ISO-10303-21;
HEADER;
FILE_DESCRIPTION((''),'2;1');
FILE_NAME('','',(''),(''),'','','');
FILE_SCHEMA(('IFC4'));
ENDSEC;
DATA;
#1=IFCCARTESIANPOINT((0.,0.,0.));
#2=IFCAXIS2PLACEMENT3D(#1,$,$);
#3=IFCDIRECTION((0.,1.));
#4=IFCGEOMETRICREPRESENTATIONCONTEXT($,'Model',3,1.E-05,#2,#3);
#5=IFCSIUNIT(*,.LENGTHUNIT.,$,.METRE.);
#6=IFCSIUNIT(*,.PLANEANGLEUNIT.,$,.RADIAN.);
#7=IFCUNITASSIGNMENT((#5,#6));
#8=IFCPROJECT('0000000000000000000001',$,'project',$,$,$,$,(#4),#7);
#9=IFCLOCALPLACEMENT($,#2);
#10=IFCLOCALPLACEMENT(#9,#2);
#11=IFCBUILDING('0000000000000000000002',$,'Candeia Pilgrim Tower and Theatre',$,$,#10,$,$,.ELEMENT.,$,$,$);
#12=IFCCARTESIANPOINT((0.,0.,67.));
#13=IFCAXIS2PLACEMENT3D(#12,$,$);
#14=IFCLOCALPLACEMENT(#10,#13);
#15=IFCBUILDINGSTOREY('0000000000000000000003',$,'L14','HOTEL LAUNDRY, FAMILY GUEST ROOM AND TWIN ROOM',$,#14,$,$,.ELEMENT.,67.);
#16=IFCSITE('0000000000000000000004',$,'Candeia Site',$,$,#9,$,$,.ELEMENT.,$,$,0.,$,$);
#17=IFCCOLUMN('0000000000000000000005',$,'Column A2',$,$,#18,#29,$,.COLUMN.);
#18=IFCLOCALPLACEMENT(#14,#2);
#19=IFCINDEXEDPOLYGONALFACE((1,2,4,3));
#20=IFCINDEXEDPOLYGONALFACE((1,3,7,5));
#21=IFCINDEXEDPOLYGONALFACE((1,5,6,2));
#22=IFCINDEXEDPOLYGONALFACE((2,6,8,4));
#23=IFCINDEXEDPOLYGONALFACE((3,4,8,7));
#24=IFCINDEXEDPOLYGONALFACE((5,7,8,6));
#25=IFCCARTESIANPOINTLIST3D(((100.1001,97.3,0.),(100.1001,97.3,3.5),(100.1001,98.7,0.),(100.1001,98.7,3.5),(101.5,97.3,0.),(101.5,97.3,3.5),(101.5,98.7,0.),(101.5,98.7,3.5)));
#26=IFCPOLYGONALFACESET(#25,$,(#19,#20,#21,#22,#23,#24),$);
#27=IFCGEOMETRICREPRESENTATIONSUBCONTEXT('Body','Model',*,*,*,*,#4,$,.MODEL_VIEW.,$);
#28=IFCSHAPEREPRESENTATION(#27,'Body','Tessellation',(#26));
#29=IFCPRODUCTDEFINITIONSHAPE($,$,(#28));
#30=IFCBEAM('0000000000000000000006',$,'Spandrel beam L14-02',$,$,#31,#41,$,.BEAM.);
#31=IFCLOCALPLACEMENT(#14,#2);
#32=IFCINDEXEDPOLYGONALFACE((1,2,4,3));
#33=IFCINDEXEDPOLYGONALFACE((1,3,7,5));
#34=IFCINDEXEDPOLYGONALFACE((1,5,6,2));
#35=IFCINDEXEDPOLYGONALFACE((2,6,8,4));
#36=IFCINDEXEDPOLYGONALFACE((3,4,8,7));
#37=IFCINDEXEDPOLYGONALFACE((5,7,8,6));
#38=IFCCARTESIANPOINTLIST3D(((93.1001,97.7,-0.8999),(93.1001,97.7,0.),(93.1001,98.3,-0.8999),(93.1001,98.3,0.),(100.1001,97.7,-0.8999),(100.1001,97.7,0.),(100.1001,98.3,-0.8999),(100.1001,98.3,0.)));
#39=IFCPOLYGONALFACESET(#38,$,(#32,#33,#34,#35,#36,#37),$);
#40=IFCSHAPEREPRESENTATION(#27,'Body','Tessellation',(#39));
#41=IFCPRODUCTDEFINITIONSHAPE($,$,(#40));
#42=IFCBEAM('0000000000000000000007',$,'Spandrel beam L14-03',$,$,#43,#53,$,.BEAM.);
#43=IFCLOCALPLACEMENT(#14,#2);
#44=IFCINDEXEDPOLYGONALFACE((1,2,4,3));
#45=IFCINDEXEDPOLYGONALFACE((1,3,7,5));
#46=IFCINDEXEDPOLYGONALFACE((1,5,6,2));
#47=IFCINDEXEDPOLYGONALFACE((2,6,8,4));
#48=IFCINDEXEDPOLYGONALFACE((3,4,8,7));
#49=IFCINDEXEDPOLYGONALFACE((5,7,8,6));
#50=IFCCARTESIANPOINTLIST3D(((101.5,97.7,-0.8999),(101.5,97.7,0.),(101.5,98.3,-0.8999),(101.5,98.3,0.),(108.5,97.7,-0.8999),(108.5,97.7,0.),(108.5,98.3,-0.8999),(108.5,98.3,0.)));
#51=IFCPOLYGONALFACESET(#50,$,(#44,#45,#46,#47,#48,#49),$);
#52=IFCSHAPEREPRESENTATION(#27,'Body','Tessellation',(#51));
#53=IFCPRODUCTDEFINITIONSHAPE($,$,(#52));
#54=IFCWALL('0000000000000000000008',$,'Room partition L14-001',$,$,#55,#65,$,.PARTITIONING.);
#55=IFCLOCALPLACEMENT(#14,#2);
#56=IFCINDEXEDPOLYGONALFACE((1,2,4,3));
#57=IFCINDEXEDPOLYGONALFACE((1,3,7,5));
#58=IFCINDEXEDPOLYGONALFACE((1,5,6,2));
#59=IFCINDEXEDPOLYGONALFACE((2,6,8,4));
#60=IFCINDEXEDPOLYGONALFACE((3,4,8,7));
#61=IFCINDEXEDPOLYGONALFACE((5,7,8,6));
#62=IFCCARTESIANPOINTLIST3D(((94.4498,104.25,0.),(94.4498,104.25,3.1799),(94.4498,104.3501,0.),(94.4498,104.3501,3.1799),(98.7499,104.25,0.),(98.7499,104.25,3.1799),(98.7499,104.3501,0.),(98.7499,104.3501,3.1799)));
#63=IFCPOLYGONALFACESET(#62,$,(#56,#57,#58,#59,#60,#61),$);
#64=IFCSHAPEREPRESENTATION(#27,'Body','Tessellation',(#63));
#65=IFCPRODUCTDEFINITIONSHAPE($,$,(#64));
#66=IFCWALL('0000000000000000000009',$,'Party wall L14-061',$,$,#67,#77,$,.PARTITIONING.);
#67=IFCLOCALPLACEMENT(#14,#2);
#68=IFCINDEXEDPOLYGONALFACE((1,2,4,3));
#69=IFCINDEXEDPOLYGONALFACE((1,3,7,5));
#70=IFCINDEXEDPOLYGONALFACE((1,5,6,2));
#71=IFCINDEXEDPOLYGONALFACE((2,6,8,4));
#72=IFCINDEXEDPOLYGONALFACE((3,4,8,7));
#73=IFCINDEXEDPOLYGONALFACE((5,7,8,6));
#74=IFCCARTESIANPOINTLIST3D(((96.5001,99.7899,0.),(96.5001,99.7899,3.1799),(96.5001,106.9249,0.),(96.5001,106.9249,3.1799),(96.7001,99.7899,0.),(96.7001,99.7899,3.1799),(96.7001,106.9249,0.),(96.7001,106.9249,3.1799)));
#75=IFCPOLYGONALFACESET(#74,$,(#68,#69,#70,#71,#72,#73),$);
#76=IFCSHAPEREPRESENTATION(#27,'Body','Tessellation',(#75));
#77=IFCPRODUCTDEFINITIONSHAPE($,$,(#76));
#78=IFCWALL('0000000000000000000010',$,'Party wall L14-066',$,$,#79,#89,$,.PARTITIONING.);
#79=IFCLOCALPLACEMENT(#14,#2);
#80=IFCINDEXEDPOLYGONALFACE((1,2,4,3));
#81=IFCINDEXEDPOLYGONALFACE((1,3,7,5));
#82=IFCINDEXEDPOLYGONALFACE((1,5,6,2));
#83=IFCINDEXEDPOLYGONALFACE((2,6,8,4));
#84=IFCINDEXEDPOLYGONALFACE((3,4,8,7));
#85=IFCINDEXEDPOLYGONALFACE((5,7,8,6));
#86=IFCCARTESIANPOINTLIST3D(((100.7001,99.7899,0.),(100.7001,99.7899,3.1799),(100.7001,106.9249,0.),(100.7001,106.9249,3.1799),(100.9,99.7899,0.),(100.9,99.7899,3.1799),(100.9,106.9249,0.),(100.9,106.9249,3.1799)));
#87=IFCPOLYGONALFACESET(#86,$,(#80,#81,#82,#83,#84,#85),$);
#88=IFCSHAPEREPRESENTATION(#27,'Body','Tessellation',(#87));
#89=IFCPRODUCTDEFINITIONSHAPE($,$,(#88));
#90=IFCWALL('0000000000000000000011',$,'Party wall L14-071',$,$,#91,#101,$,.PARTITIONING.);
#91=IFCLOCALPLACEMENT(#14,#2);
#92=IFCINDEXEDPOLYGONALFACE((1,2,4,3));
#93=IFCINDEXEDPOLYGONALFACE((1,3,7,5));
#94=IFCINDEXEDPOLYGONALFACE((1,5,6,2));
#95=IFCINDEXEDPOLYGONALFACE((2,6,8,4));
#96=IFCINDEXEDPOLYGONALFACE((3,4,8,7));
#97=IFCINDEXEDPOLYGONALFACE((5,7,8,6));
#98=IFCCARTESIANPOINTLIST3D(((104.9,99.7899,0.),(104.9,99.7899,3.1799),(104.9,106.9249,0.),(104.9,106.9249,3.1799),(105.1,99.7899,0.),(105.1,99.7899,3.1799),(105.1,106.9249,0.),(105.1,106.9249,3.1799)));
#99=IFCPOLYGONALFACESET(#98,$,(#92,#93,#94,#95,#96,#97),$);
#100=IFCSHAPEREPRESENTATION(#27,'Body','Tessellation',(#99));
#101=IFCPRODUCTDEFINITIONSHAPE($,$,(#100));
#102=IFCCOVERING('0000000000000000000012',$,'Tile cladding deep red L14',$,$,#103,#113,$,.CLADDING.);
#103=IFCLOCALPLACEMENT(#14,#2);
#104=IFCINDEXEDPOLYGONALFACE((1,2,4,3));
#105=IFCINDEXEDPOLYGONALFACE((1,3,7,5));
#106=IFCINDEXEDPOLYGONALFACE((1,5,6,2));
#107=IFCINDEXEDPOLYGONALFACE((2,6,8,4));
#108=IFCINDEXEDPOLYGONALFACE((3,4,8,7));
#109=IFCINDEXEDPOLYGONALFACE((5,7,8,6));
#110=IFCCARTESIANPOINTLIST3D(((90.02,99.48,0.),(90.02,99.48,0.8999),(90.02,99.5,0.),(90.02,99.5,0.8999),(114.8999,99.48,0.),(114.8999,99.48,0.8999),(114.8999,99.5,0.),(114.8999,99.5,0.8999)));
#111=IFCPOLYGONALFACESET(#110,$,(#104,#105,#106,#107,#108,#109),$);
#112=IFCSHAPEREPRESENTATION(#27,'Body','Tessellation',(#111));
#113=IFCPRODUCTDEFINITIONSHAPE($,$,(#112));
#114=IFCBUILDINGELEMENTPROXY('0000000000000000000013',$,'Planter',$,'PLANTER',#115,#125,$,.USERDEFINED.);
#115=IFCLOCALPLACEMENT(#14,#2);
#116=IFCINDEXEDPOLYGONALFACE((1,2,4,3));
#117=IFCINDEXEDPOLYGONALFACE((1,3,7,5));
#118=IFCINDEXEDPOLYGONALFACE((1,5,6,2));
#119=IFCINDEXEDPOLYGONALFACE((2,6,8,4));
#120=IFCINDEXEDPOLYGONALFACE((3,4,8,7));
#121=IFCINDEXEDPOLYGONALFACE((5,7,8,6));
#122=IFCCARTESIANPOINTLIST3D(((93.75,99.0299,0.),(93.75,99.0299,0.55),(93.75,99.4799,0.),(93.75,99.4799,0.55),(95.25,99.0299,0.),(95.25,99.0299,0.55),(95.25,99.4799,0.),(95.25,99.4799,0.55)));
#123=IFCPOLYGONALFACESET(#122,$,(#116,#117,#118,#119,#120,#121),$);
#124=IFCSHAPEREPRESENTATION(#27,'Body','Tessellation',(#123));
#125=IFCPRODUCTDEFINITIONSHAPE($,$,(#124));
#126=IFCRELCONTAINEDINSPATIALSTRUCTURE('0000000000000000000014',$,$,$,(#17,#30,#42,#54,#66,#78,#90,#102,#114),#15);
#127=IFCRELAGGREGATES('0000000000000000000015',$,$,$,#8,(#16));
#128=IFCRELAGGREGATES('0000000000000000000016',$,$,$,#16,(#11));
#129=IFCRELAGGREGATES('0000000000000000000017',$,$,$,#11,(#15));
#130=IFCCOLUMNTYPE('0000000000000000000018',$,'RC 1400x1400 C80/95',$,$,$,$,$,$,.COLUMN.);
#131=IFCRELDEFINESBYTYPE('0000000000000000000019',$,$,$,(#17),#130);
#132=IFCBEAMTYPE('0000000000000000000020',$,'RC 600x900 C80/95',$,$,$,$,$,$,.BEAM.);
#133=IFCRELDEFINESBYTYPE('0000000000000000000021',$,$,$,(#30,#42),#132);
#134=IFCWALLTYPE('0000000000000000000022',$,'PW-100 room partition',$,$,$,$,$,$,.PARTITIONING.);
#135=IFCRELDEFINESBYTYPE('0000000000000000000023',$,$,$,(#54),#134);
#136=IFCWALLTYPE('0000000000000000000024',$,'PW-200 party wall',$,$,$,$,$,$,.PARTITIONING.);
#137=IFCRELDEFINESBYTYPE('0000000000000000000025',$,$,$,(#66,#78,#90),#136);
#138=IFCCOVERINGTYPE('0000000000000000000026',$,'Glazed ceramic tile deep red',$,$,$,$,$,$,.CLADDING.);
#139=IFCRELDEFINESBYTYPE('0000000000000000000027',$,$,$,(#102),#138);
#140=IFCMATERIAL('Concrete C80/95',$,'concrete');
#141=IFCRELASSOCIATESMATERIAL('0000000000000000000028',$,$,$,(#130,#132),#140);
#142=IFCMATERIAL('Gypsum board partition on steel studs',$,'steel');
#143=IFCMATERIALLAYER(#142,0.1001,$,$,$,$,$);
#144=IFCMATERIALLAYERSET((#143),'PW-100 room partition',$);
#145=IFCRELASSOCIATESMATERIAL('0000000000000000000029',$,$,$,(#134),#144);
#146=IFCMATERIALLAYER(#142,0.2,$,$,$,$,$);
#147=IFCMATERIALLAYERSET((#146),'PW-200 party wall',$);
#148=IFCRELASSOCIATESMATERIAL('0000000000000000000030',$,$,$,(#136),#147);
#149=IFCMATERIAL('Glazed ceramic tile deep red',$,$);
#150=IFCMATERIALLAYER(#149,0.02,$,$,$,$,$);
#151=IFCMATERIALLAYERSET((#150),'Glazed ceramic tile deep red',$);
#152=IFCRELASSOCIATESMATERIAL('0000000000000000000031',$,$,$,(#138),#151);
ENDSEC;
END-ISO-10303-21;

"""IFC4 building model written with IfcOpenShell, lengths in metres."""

from ifc_helpers import new_model, si_unit, direction, frame, frame_2d, origin, origin_2d, place, context, subcontext, project, spatial, rectangle, extrude, material, layer, layer_set, material_profile, profile_set, type_object, element, save


model = new_model("IFC4")

# Units and contexts
model_context = context("Model", 3, precision=1e-05, world=origin(), true_north=direction((0.0, 1.0)))
body_context = subcontext(model_context, "Body", "Model", "MODEL_VIEW")
ifc_project = project(units=[si_unit("LENGTHUNIT", "METRE"), si_unit("PLANEANGLEUNIT", "RADIAN")], contexts=[model_context])

# Site, building, storey
site_placement = place(None, origin())
site = spatial("IfcSite", under=ifc_project, at=site_placement, Name="Candeia Site", CompositionType="ELEMENT", RefElevation=0.0)
building_placement = place(site_placement, origin())
building = spatial("IfcBuilding", under=site, at=building_placement, Name="Candeia Pilgrim Tower and Theatre", CompositionType="ELEMENT")
storey_placement = place(building_placement, frame((0.0, 0.0, 67.0)))
storey = spatial("IfcBuildingStorey", under=building, at=storey_placement, Name="L14", Description="HOTEL LAUNDRY, FAMILY GUEST ROOM AND TWIN ROOM", CompositionType="ELEMENT", Elevation=67.0)

# Column
ifc_material_1 = material(Name="Concrete C80/95", Category="concrete")
ifc_material_profile_1 = material_profile(ifc_material_1, rectangle(XDim=1.3999, YDim=1.3999, at=origin_2d()))
ifc_profile_set_1 = profile_set([ifc_material_profile_1], Name="Concrete C80/95")
column_type = type_object("IfcColumnType", Name="RC 1400x1400 C80/95", PredefinedType="COLUMN", material=ifc_profile_set_1)
column_placement = place(storey_placement, frame((100.8, 98.0, 0.0), z_axis=(0.0, 0.0, 1.0), x_axis=(1.0, 0.0, 0.0)))
element("IfcColumn", 1, at=column_placement, inside=storey, type_object=column_type, Name="Column A2", PredefinedType="COLUMN", context=body_context, shape_type="SweptSolid", body=[
    extrude(rectangle(XDim=1.3999, YDim=1.3999, at=origin_2d()), origin(), (0.0, 0.0, 1.0), 3.5),
])

# Beams
ifc_material_profile_2 = material_profile(ifc_material_1, rectangle(XDim=0.6001, YDim=0.8999, at=origin_2d()))
ifc_profile_set_2 = profile_set([ifc_material_profile_2], Name="Concrete C80/95")
beam_type = type_object("IfcBeamType", Name="RC 600x900 C80/95", PredefinedType="BEAM", material=ifc_profile_set_2)
for number, where, z_axis, x_axis, name in (
    (2, (93.1001, 98.0, -0.45), (1.0, 0.0, 0.0), (0.0, 1.0, 0.0), "Spandrel beam L14-02"),
    (3, (101.5, 98.0, -0.45), (1.0, 0.0, 0.0), (0.0, 1.0, 0.0), "Spandrel beam L14-03"),
):
    element("IfcBeam", number, at=place(storey_placement, frame(where, z_axis=z_axis, x_axis=x_axis)), inside=storey, type_object=beam_type, Name=name, PredefinedType="BEAM", context=body_context, shape_type="SweptSolid", body=[
        extrude(rectangle(XDim=0.6001, YDim=0.8999, at=origin_2d()), origin(), (0.0, 0.0, 1.0), 7.0),
    ])

# Walls
ifc_material_2 = material(Name="Gypsum board partition on steel studs", Category="steel")
ifc_layer_1 = layer(ifc_material_2, 0.1001)
ifc_layer_set_1 = layer_set([ifc_layer_1], Name="PW-100 room partition")
wall_type_1 = type_object("IfcWallType", Name="PW-100 room partition", PredefinedType="PARTITIONING", material=ifc_layer_set_1)
wall_placement = place(storey_placement, frame((94.45, 104.3, 0.0), z_axis=(0.0, 0.0, 1.0), x_axis=(1.0, 0.0, 0.0)))
element("IfcWall", 4, at=wall_placement, inside=storey, type_object=wall_type_1, Name="Room partition L14-001", PredefinedType="PARTITIONING", context=body_context, shape_type="SweptSolid", body=[
    extrude(rectangle(XDim=4.3, YDim=0.1001, at=frame_2d((2.1499, 0.0))), origin(), (0.0, 0.0, 1.0), 3.1799),
])
ifc_layer_2 = layer(ifc_material_2, 0.2)
ifc_layer_set_2 = layer_set([ifc_layer_2], Name="PW-200 party wall")
wall_type_2 = type_object("IfcWallType", Name="PW-200 party wall", PredefinedType="PARTITIONING", material=ifc_layer_set_2)
for number, where, z_axis, x_axis, name in (
    (5, (96.6001, 99.79, 0.0), (0.0, 0.0, 1.0), (0.0, 1.0, 0.0), "Party wall L14-061"),
    (6, (100.8, 99.79, 0.0), (0.0, 0.0, 1.0), (0.0, 1.0, 0.0), "Party wall L14-066"),
    (7, (105.0, 99.79, 0.0), (0.0, 0.0, 1.0), (0.0, 1.0, 0.0), "Party wall L14-071"),
):
    element("IfcWall", number, at=place(storey_placement, frame(where, z_axis=z_axis, x_axis=x_axis)), inside=storey, type_object=wall_type_2, Name=name, PredefinedType="PARTITIONING", context=body_context, shape_type="SweptSolid", body=[
        extrude(rectangle(XDim=7.135, YDim=0.2, at=frame_2d((3.5674, 0.0))), origin(), (0.0, 0.0, 1.0), 3.1799),
    ])

# Covering
ifc_material_3 = material(Name="Glazed ceramic tile deep red")
ifc_layer_3 = layer(ifc_material_3, 0.02)
ifc_layer_set_3 = layer_set([ifc_layer_3], Name="Glazed ceramic tile deep red")
covering_type = type_object("IfcCoveringType", Name="Glazed ceramic tile deep red", PredefinedType="CLADDING", material=ifc_layer_set_3)
covering_placement = place(storey_placement, frame((102.46, 99.49, 0.0), z_axis=(0.0, 0.0, 1.0), x_axis=(1.0, 0.0, 0.0)))
element("IfcCovering", 8, at=covering_placement, inside=storey, type_object=covering_type, Name="Tile cladding deep red L14", PredefinedType="CLADDING", context=body_context, shape_type="SweptSolid", body=[
    extrude(rectangle(XDim=24.8799, YDim=0.02, at=origin_2d()), origin(), (0.0, 0.0, 1.0), 0.8999),
])

# Building element proxy
proxy_placement = place(storey_placement, frame((94.5, 99.2549, 0.0), z_axis=(0.0, 0.0, 1.0), x_axis=(1.0, 0.0, 0.0)))
element("IfcBuildingElementProxy", 9, at=proxy_placement, inside=storey, Name="Planter", ObjectType="PLANTER", PredefinedType="USERDEFINED", context=body_context, shape_type="SweptSolid", body=[
    extrude(rectangle(XDim=1.5, YDim=0.45, at=origin_2d()), origin(), (0.0, 0.0, 1.0), 0.55),
])

save(model, "model.ifc")
